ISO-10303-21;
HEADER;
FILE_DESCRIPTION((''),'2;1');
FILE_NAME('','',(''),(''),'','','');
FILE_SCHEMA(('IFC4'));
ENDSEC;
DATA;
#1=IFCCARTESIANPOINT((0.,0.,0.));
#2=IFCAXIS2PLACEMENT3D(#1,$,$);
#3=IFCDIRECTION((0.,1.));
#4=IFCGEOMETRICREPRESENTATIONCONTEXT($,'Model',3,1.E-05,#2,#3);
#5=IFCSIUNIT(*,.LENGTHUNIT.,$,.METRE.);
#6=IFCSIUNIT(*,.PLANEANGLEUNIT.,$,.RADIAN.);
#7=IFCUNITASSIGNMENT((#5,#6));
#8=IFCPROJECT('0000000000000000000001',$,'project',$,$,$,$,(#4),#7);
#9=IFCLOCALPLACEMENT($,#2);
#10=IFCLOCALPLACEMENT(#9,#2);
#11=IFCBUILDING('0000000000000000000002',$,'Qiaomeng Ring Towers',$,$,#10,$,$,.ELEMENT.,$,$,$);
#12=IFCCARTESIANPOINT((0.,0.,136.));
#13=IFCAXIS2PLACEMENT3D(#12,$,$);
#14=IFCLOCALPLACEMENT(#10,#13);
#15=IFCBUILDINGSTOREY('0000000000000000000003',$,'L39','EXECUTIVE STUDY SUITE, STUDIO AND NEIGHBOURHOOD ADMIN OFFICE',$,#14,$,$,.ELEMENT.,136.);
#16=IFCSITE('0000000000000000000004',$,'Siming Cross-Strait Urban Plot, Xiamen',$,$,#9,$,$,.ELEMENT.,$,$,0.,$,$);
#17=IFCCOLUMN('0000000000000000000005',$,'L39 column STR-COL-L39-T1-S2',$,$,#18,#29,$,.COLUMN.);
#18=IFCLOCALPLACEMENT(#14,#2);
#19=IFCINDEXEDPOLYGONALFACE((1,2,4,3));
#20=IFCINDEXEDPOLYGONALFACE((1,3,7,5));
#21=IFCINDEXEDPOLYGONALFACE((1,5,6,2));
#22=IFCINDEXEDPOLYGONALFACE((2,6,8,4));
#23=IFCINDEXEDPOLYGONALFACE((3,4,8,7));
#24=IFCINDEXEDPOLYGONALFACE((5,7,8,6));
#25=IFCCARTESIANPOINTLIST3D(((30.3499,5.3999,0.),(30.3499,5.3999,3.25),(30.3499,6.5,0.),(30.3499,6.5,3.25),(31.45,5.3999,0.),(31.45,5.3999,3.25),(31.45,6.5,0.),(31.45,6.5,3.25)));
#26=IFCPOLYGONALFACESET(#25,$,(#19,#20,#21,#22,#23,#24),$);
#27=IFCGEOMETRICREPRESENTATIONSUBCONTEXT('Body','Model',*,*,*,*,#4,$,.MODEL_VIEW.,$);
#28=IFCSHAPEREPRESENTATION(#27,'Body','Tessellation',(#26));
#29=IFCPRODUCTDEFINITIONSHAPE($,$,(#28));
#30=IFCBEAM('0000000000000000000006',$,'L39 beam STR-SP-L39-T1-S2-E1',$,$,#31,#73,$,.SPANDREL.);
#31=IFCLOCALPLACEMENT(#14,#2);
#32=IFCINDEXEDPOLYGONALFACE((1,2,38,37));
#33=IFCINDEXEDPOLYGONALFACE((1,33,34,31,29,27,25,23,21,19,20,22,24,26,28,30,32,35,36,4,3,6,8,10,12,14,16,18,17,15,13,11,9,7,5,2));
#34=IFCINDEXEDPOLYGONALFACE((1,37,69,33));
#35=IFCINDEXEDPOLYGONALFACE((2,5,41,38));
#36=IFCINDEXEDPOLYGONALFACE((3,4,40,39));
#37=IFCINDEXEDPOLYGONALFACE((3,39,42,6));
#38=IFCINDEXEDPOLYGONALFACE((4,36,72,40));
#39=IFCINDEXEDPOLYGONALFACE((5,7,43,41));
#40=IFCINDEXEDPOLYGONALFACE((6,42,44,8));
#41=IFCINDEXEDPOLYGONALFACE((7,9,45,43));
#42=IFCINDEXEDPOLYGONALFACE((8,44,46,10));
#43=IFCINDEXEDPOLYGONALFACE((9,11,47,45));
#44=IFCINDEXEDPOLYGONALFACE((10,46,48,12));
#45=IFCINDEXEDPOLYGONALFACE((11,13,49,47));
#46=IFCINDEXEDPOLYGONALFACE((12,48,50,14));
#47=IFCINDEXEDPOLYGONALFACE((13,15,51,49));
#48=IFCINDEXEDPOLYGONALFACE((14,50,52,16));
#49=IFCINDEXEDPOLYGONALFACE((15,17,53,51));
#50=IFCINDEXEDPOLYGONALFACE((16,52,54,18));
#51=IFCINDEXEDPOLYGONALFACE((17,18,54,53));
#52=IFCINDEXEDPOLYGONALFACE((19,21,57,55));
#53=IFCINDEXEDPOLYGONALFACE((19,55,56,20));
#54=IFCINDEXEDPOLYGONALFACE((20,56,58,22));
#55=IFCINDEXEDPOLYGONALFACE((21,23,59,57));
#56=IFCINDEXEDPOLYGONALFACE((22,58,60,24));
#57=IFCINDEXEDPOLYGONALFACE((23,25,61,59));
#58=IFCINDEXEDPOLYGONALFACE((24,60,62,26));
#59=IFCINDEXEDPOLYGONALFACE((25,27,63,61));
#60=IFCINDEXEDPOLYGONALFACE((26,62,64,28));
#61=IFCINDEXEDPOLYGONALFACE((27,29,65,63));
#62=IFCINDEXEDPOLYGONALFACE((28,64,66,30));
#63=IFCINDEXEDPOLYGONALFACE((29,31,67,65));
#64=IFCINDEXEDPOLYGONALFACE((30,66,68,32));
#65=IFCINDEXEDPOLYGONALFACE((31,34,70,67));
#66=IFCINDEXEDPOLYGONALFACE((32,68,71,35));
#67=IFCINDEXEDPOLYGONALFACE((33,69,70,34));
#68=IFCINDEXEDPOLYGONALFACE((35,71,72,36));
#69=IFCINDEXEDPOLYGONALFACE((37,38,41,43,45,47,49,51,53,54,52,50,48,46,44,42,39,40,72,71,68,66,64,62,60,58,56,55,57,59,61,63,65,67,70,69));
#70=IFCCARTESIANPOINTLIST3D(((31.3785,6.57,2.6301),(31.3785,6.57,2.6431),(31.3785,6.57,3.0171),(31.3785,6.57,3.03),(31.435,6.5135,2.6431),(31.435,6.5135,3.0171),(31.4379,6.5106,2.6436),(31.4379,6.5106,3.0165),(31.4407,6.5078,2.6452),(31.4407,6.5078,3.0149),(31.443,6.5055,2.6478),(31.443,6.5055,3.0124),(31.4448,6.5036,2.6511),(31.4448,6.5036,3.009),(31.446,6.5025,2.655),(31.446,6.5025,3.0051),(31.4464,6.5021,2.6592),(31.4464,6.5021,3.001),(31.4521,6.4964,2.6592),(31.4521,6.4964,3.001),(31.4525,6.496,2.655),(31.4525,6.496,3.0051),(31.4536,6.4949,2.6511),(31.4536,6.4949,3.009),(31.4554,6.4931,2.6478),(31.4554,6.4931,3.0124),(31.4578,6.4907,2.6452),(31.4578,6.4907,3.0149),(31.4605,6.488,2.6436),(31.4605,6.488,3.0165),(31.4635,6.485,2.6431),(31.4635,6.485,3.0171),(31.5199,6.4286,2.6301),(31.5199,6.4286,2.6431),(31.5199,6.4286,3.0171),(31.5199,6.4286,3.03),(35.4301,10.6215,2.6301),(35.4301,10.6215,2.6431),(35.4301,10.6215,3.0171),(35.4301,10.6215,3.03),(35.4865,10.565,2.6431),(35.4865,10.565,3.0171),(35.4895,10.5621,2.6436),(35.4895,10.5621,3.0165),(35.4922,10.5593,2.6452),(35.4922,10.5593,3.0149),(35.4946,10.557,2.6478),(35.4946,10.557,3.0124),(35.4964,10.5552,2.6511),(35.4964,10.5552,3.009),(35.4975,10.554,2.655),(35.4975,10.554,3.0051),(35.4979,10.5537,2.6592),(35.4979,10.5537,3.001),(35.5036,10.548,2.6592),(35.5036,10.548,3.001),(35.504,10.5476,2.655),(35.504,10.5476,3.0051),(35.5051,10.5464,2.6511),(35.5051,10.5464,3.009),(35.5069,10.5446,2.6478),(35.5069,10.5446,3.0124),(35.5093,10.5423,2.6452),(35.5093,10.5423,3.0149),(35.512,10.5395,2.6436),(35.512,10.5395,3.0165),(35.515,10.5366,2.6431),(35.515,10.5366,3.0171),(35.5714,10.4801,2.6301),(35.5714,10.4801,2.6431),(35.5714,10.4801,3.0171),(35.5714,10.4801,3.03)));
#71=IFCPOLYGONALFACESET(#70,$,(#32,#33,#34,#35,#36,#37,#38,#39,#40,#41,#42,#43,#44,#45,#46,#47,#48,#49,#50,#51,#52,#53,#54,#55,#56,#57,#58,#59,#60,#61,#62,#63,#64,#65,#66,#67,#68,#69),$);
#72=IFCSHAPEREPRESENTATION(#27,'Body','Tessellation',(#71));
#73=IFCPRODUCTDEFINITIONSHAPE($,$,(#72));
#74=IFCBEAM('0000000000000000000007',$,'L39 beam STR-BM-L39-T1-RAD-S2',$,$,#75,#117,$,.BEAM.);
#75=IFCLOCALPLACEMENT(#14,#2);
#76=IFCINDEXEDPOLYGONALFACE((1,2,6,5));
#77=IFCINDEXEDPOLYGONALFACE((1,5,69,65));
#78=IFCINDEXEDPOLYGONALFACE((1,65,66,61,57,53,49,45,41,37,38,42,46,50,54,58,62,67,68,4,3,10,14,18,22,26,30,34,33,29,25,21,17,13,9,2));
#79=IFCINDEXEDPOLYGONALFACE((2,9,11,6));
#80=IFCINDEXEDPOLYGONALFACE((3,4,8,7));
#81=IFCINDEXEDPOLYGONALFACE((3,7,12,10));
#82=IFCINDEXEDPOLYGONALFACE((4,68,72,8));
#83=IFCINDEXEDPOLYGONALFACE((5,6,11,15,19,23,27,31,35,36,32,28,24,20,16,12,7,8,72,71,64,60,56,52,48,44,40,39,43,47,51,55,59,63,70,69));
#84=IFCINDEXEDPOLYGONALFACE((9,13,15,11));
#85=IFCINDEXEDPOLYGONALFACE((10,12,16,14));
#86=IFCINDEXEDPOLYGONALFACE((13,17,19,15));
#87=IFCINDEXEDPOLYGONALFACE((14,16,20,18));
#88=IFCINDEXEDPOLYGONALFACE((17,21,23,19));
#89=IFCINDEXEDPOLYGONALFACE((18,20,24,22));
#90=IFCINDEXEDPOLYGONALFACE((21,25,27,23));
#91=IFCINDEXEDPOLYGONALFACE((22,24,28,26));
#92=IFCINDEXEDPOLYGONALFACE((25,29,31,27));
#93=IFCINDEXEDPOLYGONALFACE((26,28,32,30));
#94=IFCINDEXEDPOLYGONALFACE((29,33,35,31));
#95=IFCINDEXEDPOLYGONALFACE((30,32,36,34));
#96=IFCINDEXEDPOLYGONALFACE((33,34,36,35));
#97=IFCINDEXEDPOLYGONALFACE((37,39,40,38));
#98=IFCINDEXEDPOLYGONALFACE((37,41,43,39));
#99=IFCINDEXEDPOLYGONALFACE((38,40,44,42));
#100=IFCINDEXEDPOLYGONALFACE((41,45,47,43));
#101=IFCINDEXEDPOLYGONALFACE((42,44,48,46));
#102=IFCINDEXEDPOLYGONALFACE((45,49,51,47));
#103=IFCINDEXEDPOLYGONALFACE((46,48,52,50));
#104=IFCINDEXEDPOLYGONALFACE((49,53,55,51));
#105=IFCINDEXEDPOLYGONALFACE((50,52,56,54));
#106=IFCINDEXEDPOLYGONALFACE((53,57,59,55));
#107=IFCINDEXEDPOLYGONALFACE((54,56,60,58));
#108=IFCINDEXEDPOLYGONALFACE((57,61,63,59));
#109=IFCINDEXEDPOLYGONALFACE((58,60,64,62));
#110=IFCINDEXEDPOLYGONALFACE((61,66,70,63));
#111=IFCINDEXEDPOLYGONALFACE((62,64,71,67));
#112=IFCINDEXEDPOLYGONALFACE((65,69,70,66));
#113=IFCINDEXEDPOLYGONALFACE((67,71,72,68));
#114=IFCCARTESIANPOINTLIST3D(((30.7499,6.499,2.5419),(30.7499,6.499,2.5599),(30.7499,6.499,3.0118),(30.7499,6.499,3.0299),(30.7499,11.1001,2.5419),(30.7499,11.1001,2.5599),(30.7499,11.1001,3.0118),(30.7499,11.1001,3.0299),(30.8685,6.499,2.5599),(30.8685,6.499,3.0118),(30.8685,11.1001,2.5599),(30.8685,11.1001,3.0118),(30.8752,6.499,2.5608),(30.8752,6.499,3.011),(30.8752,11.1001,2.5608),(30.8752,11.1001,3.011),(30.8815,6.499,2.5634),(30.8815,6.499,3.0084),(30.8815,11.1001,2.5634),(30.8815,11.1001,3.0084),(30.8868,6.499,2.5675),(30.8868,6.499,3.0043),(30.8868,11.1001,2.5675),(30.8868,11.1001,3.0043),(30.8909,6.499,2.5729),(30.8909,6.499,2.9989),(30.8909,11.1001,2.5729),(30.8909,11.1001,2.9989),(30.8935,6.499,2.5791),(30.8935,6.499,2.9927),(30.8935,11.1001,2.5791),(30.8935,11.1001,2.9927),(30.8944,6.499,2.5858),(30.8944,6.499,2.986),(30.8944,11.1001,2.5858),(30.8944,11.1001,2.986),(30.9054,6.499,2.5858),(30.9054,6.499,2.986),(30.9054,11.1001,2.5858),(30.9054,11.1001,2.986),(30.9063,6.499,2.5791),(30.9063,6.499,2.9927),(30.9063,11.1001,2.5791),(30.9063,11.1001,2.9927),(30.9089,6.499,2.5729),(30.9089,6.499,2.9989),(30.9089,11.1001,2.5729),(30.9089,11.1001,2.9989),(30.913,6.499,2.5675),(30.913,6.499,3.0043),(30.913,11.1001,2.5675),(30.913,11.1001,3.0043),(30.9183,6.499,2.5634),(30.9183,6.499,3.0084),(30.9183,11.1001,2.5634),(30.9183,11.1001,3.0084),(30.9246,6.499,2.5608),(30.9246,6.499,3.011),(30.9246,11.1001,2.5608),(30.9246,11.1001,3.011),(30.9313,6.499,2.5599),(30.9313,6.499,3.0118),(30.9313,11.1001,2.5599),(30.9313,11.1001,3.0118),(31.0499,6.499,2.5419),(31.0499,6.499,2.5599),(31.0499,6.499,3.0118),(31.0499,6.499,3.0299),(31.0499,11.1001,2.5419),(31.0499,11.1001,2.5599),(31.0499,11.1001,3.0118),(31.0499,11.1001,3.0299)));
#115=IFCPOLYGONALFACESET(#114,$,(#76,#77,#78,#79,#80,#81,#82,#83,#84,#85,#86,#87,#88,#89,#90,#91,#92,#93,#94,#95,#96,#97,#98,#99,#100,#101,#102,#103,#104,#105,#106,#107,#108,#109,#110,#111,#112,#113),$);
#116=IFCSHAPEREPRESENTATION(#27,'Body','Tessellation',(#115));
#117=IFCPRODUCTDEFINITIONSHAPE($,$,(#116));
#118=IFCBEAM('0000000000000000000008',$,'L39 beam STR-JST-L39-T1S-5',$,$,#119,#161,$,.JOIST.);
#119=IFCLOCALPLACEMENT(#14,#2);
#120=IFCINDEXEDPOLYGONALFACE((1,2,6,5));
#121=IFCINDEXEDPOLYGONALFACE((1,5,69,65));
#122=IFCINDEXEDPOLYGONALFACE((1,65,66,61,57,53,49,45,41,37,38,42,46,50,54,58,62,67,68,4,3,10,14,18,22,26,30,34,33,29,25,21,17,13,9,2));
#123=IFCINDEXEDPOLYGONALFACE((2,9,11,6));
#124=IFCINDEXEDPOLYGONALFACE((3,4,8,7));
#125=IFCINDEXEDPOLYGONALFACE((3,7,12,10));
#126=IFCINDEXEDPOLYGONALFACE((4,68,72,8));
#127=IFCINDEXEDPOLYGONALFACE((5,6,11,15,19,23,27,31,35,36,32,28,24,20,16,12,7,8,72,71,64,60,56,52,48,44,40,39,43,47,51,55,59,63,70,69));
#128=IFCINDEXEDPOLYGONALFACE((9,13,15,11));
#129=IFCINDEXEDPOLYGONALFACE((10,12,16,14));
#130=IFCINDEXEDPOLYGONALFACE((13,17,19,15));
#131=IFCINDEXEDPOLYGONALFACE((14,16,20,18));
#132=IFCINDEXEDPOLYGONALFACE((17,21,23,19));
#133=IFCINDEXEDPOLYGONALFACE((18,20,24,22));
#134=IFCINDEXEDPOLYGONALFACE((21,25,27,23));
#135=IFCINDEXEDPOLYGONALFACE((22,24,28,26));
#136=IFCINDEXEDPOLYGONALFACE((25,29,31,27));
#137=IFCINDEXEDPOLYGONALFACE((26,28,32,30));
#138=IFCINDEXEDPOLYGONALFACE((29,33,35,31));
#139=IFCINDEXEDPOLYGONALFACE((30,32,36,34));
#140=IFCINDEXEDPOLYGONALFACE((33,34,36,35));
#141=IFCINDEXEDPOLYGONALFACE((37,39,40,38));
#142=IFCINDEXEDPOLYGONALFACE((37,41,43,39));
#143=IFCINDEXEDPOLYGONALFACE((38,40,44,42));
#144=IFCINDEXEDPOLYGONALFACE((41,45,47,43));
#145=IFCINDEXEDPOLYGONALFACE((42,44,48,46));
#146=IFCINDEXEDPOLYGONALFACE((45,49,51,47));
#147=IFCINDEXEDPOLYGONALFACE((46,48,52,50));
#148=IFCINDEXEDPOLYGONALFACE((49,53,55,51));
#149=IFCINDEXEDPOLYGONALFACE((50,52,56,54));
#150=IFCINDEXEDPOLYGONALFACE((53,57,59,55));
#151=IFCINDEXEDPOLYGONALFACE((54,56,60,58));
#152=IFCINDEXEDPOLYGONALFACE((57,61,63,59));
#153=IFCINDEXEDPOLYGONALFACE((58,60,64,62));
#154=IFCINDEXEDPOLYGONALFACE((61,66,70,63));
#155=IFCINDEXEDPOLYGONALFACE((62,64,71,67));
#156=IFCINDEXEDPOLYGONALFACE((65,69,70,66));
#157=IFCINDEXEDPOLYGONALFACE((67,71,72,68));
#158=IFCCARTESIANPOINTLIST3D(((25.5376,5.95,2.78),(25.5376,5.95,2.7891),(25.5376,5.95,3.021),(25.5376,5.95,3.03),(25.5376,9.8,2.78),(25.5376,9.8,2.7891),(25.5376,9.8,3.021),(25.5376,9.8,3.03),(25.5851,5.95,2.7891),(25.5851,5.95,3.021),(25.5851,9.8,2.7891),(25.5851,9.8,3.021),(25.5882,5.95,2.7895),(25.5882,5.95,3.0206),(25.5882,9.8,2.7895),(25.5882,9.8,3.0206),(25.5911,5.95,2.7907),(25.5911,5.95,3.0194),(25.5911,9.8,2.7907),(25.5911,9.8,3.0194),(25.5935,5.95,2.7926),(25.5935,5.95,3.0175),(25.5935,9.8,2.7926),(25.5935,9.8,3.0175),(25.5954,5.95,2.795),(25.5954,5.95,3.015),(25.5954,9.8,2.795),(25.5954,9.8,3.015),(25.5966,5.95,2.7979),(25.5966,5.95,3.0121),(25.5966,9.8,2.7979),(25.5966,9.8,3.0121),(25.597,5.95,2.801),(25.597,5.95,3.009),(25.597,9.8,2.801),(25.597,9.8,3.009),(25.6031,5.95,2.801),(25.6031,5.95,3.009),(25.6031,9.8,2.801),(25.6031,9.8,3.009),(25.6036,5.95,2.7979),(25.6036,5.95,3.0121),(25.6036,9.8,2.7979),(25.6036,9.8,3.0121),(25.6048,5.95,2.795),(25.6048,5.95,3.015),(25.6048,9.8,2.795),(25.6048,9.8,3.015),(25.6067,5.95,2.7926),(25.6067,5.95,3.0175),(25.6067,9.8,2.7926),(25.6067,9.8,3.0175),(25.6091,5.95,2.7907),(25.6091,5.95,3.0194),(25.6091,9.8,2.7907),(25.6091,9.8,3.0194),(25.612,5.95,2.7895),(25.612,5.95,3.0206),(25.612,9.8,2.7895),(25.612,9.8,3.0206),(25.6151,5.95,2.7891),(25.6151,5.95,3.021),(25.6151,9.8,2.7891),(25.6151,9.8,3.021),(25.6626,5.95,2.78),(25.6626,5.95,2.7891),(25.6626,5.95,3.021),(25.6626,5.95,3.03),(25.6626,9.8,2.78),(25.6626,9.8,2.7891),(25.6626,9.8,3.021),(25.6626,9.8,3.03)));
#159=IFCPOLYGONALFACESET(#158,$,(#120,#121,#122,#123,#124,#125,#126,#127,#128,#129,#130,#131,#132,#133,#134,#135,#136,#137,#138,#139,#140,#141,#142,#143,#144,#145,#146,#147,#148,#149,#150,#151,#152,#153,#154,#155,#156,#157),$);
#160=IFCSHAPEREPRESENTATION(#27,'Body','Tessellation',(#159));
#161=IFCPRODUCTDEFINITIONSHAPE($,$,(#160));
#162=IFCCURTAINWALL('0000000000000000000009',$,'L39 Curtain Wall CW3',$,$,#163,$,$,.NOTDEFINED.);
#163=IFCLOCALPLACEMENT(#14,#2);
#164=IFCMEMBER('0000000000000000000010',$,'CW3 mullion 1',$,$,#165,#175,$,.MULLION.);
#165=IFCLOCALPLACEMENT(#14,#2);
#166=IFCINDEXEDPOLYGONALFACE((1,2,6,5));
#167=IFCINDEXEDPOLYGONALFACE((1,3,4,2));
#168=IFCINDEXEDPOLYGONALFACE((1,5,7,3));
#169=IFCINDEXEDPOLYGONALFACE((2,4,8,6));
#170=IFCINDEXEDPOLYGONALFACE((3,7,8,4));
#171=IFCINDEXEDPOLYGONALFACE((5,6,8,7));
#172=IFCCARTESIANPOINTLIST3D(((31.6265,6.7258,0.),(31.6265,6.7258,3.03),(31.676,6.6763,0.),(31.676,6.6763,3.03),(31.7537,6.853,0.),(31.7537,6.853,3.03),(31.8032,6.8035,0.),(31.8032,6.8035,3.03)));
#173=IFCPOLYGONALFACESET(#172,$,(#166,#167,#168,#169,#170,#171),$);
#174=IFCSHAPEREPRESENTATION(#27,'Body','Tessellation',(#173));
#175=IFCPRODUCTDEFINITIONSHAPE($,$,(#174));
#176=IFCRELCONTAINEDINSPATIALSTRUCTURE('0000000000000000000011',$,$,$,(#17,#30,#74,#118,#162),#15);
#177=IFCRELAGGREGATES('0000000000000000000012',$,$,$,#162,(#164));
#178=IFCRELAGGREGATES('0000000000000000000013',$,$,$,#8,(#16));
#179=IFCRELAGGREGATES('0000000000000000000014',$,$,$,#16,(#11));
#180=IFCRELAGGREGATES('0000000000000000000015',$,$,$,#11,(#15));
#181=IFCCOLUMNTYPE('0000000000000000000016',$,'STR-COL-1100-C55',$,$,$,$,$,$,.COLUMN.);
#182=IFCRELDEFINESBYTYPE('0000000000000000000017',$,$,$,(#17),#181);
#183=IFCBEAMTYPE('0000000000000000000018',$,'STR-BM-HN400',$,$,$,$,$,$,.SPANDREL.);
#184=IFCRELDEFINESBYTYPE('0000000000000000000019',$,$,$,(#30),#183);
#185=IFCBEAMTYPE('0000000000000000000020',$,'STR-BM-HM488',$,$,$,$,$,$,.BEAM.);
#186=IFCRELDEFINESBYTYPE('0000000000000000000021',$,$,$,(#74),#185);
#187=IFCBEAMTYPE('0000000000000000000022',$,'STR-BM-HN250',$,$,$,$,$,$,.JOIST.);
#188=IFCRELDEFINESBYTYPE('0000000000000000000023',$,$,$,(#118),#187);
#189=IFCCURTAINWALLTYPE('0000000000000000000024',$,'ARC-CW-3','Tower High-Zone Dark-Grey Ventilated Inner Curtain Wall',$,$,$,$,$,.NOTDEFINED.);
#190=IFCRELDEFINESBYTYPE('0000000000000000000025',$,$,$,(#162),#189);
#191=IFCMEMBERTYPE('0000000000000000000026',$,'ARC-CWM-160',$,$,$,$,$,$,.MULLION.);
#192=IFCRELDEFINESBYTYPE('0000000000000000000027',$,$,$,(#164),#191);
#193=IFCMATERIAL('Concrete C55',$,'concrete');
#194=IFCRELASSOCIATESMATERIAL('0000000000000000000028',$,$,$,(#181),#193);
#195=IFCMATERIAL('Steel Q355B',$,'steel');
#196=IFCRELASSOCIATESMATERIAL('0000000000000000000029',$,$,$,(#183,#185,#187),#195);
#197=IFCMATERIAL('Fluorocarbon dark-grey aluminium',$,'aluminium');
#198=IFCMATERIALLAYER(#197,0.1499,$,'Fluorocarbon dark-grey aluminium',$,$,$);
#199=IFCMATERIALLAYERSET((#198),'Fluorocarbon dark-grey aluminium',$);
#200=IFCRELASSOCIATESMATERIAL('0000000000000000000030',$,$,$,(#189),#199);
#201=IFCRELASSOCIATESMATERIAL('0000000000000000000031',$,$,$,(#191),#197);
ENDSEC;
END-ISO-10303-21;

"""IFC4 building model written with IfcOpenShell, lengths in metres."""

from ifc_helpers import new_model, si_unit, direction, frame, origin, origin_2d, place, context, subcontext, project, spatial, rectangle, i_section, extrude, source, transform, mapped, material, layer, layer_set, material_profile, profile_set, type_object, element, aggregate, save


model = new_model("IFC4")

# Units and contexts
model_context = context("Model", 3, precision=1e-05, world=origin(), true_north=direction((0.0, 1.0)))
body_context = subcontext(model_context, "Body", "Model", "MODEL_VIEW")
ifc_project = project(units=[si_unit("LENGTHUNIT", "METRE"), si_unit("PLANEANGLEUNIT", "RADIAN")], contexts=[model_context])

# Site, building, storey
site_placement = place(None, origin())
site = spatial("IfcSite", under=ifc_project, at=site_placement, Name="Siming Cross-Strait Urban Plot, Xiamen", CompositionType="ELEMENT", RefElevation=0.0)
building_placement = place(site_placement, origin())
building = spatial("IfcBuilding", under=site, at=building_placement, Name="Qiaomeng Ring Towers", CompositionType="ELEMENT")
storey_placement = place(building_placement, frame((0.0, 0.0, 136.0)))
storey = spatial("IfcBuildingStorey", under=building, at=storey_placement, Name="L39", Description="EXECUTIVE STUDY SUITE, STUDIO AND NEIGHBOURHOOD ADMIN OFFICE", CompositionType="ELEMENT", Elevation=136.0)

# Column
ifc_material_1 = material(Name="Concrete C55", Category="concrete")
ifc_material_profile_1 = material_profile(ifc_material_1, rectangle(XDim=1.1001, YDim=1.1001, at=origin_2d()), Name="RC COL 1100x1100")
ifc_profile_set_1 = profile_set([ifc_material_profile_1], Name="Concrete C55")
column_type = type_object("IfcColumnType", Name="STR-COL-1100-C55", PredefinedType="COLUMN", material=ifc_profile_set_1)
shared_shape_1 = source(origin(), body_context, "Body", "SweptSolid", [
    extrude(rectangle(XDim=1.1001, YDim=1.1001, at=origin_2d()), origin(), (0.0, 0.0, 1.0), 3.25),
])
column_placement = place(storey_placement, frame((30.8999, 5.95, 0.0), z_axis=(0.0, 0.0, 1.0), x_axis=(1.0, 0.0, 0.0)))
element("IfcColumn", 1, at=column_placement, inside=storey, type_object=column_type, Name="L39 column STR-COL-L39-T1-S2", PredefinedType="COLUMN", context=body_context, shape_type="MappedRepresentation", body=[
    mapped(shared_shape_1, transform((0.0, 0.0, 0.0), x_axis=(1.0, 0.0, 0.0), y_axis=(0.0, 1.0, 0.0), z_axis=(0.0, 0.0, 1.0), scale=1.0)),
])

# Beams
ifc_material_2 = material(Name="Steel Q355B", Category="steel")
ifc_material_profile_2 = material_profile(ifc_material_2, i_section(OverallWidth=0.2, OverallDepth=0.3999, WebThickness=0.0081, FlangeThickness=0.0129, FilletRadius=0.0161, at=origin_2d()), Name="HN 400x200x8x13")
ifc_profile_set_2 = profile_set([ifc_material_profile_2], Name="Steel Q355B")
beam_type_1 = type_object("IfcBeamType", Name="STR-BM-HN400", PredefinedType="SPANDREL", material=ifc_profile_set_2)
shared_shape_2 = source(origin(), body_context, "Body", "SweptSolid", [
    extrude(i_section(OverallWidth=0.2, OverallDepth=0.3999, WebThickness=0.0081, FlangeThickness=0.0129, FilletRadius=0.0161, at=origin_2d()), origin(), (0.0, 0.0, 1.0), 5.7297),
])
beam_1_placement = place(storey_placement, frame((31.4492, 6.4993, 2.8301), z_axis=(0.707107, 0.707107, 0.0), x_axis=(-0.707107, 0.707107, 0.0)))
element("IfcBeam", 2, at=beam_1_placement, inside=storey, type_object=beam_type_1, Name="L39 beam STR-SP-L39-T1-S2-E1", PredefinedType="SPANDREL", context=body_context, shape_type="MappedRepresentation", body=[
    mapped(shared_shape_2, transform((0.0, 0.0, 0.0), x_axis=(1.0, 0.0, 0.0), y_axis=(0.0, 1.0, 0.0), z_axis=(0.0, 0.0, 1.0), scale=1.0)),
])
ifc_material_profile_3 = material_profile(ifc_material_2, i_section(OverallWidth=0.3, OverallDepth=0.488, WebThickness=0.011, FlangeThickness=0.0181, FilletRadius=0.0259, at=origin_2d()), Name="HM 488x300x11x18")
ifc_profile_set_3 = profile_set([ifc_material_profile_3], Name="Steel Q355B")
beam_type_2 = type_object("IfcBeamType", Name="STR-BM-HM488", PredefinedType="BEAM", material=ifc_profile_set_3)
shared_shape_3 = source(origin(), body_context, "Body", "SweptSolid", [
    extrude(i_section(OverallWidth=0.3, OverallDepth=0.488, WebThickness=0.011, FlangeThickness=0.0181, FilletRadius=0.0259, at=origin_2d()), origin(), (0.0, 0.0, 1.0), 4.6011),
])
beam_2_placement = place(storey_placement, frame((30.8999, 6.499, 2.7859), z_axis=(0.0, 1.0, 0.0), x_axis=(-1.0, 0.0, 0.0)))
element("IfcBeam", 3, at=beam_2_placement, inside=storey, type_object=beam_type_2, Name="L39 beam STR-BM-L39-T1-RAD-S2", PredefinedType="BEAM", context=body_context, shape_type="MappedRepresentation", body=[
    mapped(shared_shape_3, transform((0.0, 0.0, 0.0), x_axis=(1.0, 0.0, 0.0), y_axis=(0.0, 1.0, 0.0), z_axis=(0.0, 0.0, 1.0), scale=1.0)),
])
ifc_material_profile_4 = material_profile(ifc_material_2, i_section(OverallWidth=0.125, OverallDepth=0.25, WebThickness=0.0061, FlangeThickness=0.009, FilletRadius=0.012, at=origin_2d()), Name="HN 250x125x6x9")
ifc_profile_set_4 = profile_set([ifc_material_profile_4], Name="Steel Q355B")
beam_type_3 = type_object("IfcBeamType", Name="STR-BM-HN250", PredefinedType="JOIST", material=ifc_profile_set_4)
shared_shape_4 = source(origin(), body_context, "Body", "SweptSolid", [
    extrude(i_section(OverallWidth=0.125, OverallDepth=0.25, WebThickness=0.0061, FlangeThickness=0.009, FilletRadius=0.012, at=origin_2d()), origin(), (0.0, 0.0, 1.0), 3.8501),
])
beam_3_placement = place(storey_placement, frame((25.6001, 5.95, 2.905), z_axis=(0.0, 1.0, 0.0), x_axis=(-1.0, 0.0, 0.0)))
element("IfcBeam", 4, at=beam_3_placement, inside=storey, type_object=beam_type_3, Name="L39 beam STR-JST-L39-T1S-5", PredefinedType="JOIST", context=body_context, shape_type="MappedRepresentation", body=[
    mapped(shared_shape_4, transform((0.0, 0.0, 0.0), x_axis=(1.0, 0.0, 0.0), y_axis=(0.0, 1.0, 0.0), z_axis=(0.0, 0.0, 1.0), scale=1.0)),
])

# Curtain wall, member
ifc_material_3 = material(Name="Fluorocarbon dark-grey aluminium", Category="aluminium")
ifc_layer_1 = layer(ifc_material_3, 0.1499, Name="Fluorocarbon dark-grey aluminium")
ifc_layer_set_1 = layer_set([ifc_layer_1], Name="Fluorocarbon dark-grey aluminium")
curtain_wall_type = type_object("IfcCurtainWallType", Name="ARC-CW-3", Description="Tower High-Zone Dark-Grey Ventilated Inner Curtain Wall", PredefinedType="NOTDEFINED", material=ifc_layer_set_1)
curtain_wall_placement = place(storey_placement, origin())
curtain_wall = element("IfcCurtainWall", 5, at=curtain_wall_placement, inside=storey, type_object=curtain_wall_type, Name="L39 Curtain Wall CW3", PredefinedType="NOTDEFINED")
ifc_material_profile_5 = material_profile(ifc_material_3, rectangle(XDim=0.0701, YDim=0.1799, at=origin_2d()), Name="ALU MULL 70x180")
ifc_profile_set_5 = profile_set([ifc_material_profile_5], Name="Fluorocarbon dark-grey aluminium")
member_type_1 = type_object("IfcMemberType", Name="ARC-CWM-160", PredefinedType="MULLION", material=ifc_profile_set_5)
shared_shape_5 = source(origin(), body_context, "Body", "SweptSolid", [
    extrude(rectangle(XDim=0.0701, YDim=0.1799, at=origin_2d()), origin(), (0.0, 0.0, 1.0), 3.03),
])
member_1_placement = place(storey_placement, frame((31.7148, 6.7646, 0.0), z_axis=(0.0, 0.0, 1.0), x_axis=(-0.707107, 0.707107, 0.0)))
member_1 = element("IfcMember", 6, at=member_1_placement, type_object=member_type_1, Name="CW3 mullion 1", PredefinedType="MULLION", context=body_context, shape_type="MappedRepresentation", body=[
    mapped(shared_shape_5, transform((0.0, 0.0, 0.0), x_axis=(1.0, 0.0, 0.0), y_axis=(0.0, 1.0, 0.0), z_axis=(0.0, 0.0, 1.0), scale=1.0)),
])
aggregate(curtain_wall, [member_1])

save(model, "model.ifc")
